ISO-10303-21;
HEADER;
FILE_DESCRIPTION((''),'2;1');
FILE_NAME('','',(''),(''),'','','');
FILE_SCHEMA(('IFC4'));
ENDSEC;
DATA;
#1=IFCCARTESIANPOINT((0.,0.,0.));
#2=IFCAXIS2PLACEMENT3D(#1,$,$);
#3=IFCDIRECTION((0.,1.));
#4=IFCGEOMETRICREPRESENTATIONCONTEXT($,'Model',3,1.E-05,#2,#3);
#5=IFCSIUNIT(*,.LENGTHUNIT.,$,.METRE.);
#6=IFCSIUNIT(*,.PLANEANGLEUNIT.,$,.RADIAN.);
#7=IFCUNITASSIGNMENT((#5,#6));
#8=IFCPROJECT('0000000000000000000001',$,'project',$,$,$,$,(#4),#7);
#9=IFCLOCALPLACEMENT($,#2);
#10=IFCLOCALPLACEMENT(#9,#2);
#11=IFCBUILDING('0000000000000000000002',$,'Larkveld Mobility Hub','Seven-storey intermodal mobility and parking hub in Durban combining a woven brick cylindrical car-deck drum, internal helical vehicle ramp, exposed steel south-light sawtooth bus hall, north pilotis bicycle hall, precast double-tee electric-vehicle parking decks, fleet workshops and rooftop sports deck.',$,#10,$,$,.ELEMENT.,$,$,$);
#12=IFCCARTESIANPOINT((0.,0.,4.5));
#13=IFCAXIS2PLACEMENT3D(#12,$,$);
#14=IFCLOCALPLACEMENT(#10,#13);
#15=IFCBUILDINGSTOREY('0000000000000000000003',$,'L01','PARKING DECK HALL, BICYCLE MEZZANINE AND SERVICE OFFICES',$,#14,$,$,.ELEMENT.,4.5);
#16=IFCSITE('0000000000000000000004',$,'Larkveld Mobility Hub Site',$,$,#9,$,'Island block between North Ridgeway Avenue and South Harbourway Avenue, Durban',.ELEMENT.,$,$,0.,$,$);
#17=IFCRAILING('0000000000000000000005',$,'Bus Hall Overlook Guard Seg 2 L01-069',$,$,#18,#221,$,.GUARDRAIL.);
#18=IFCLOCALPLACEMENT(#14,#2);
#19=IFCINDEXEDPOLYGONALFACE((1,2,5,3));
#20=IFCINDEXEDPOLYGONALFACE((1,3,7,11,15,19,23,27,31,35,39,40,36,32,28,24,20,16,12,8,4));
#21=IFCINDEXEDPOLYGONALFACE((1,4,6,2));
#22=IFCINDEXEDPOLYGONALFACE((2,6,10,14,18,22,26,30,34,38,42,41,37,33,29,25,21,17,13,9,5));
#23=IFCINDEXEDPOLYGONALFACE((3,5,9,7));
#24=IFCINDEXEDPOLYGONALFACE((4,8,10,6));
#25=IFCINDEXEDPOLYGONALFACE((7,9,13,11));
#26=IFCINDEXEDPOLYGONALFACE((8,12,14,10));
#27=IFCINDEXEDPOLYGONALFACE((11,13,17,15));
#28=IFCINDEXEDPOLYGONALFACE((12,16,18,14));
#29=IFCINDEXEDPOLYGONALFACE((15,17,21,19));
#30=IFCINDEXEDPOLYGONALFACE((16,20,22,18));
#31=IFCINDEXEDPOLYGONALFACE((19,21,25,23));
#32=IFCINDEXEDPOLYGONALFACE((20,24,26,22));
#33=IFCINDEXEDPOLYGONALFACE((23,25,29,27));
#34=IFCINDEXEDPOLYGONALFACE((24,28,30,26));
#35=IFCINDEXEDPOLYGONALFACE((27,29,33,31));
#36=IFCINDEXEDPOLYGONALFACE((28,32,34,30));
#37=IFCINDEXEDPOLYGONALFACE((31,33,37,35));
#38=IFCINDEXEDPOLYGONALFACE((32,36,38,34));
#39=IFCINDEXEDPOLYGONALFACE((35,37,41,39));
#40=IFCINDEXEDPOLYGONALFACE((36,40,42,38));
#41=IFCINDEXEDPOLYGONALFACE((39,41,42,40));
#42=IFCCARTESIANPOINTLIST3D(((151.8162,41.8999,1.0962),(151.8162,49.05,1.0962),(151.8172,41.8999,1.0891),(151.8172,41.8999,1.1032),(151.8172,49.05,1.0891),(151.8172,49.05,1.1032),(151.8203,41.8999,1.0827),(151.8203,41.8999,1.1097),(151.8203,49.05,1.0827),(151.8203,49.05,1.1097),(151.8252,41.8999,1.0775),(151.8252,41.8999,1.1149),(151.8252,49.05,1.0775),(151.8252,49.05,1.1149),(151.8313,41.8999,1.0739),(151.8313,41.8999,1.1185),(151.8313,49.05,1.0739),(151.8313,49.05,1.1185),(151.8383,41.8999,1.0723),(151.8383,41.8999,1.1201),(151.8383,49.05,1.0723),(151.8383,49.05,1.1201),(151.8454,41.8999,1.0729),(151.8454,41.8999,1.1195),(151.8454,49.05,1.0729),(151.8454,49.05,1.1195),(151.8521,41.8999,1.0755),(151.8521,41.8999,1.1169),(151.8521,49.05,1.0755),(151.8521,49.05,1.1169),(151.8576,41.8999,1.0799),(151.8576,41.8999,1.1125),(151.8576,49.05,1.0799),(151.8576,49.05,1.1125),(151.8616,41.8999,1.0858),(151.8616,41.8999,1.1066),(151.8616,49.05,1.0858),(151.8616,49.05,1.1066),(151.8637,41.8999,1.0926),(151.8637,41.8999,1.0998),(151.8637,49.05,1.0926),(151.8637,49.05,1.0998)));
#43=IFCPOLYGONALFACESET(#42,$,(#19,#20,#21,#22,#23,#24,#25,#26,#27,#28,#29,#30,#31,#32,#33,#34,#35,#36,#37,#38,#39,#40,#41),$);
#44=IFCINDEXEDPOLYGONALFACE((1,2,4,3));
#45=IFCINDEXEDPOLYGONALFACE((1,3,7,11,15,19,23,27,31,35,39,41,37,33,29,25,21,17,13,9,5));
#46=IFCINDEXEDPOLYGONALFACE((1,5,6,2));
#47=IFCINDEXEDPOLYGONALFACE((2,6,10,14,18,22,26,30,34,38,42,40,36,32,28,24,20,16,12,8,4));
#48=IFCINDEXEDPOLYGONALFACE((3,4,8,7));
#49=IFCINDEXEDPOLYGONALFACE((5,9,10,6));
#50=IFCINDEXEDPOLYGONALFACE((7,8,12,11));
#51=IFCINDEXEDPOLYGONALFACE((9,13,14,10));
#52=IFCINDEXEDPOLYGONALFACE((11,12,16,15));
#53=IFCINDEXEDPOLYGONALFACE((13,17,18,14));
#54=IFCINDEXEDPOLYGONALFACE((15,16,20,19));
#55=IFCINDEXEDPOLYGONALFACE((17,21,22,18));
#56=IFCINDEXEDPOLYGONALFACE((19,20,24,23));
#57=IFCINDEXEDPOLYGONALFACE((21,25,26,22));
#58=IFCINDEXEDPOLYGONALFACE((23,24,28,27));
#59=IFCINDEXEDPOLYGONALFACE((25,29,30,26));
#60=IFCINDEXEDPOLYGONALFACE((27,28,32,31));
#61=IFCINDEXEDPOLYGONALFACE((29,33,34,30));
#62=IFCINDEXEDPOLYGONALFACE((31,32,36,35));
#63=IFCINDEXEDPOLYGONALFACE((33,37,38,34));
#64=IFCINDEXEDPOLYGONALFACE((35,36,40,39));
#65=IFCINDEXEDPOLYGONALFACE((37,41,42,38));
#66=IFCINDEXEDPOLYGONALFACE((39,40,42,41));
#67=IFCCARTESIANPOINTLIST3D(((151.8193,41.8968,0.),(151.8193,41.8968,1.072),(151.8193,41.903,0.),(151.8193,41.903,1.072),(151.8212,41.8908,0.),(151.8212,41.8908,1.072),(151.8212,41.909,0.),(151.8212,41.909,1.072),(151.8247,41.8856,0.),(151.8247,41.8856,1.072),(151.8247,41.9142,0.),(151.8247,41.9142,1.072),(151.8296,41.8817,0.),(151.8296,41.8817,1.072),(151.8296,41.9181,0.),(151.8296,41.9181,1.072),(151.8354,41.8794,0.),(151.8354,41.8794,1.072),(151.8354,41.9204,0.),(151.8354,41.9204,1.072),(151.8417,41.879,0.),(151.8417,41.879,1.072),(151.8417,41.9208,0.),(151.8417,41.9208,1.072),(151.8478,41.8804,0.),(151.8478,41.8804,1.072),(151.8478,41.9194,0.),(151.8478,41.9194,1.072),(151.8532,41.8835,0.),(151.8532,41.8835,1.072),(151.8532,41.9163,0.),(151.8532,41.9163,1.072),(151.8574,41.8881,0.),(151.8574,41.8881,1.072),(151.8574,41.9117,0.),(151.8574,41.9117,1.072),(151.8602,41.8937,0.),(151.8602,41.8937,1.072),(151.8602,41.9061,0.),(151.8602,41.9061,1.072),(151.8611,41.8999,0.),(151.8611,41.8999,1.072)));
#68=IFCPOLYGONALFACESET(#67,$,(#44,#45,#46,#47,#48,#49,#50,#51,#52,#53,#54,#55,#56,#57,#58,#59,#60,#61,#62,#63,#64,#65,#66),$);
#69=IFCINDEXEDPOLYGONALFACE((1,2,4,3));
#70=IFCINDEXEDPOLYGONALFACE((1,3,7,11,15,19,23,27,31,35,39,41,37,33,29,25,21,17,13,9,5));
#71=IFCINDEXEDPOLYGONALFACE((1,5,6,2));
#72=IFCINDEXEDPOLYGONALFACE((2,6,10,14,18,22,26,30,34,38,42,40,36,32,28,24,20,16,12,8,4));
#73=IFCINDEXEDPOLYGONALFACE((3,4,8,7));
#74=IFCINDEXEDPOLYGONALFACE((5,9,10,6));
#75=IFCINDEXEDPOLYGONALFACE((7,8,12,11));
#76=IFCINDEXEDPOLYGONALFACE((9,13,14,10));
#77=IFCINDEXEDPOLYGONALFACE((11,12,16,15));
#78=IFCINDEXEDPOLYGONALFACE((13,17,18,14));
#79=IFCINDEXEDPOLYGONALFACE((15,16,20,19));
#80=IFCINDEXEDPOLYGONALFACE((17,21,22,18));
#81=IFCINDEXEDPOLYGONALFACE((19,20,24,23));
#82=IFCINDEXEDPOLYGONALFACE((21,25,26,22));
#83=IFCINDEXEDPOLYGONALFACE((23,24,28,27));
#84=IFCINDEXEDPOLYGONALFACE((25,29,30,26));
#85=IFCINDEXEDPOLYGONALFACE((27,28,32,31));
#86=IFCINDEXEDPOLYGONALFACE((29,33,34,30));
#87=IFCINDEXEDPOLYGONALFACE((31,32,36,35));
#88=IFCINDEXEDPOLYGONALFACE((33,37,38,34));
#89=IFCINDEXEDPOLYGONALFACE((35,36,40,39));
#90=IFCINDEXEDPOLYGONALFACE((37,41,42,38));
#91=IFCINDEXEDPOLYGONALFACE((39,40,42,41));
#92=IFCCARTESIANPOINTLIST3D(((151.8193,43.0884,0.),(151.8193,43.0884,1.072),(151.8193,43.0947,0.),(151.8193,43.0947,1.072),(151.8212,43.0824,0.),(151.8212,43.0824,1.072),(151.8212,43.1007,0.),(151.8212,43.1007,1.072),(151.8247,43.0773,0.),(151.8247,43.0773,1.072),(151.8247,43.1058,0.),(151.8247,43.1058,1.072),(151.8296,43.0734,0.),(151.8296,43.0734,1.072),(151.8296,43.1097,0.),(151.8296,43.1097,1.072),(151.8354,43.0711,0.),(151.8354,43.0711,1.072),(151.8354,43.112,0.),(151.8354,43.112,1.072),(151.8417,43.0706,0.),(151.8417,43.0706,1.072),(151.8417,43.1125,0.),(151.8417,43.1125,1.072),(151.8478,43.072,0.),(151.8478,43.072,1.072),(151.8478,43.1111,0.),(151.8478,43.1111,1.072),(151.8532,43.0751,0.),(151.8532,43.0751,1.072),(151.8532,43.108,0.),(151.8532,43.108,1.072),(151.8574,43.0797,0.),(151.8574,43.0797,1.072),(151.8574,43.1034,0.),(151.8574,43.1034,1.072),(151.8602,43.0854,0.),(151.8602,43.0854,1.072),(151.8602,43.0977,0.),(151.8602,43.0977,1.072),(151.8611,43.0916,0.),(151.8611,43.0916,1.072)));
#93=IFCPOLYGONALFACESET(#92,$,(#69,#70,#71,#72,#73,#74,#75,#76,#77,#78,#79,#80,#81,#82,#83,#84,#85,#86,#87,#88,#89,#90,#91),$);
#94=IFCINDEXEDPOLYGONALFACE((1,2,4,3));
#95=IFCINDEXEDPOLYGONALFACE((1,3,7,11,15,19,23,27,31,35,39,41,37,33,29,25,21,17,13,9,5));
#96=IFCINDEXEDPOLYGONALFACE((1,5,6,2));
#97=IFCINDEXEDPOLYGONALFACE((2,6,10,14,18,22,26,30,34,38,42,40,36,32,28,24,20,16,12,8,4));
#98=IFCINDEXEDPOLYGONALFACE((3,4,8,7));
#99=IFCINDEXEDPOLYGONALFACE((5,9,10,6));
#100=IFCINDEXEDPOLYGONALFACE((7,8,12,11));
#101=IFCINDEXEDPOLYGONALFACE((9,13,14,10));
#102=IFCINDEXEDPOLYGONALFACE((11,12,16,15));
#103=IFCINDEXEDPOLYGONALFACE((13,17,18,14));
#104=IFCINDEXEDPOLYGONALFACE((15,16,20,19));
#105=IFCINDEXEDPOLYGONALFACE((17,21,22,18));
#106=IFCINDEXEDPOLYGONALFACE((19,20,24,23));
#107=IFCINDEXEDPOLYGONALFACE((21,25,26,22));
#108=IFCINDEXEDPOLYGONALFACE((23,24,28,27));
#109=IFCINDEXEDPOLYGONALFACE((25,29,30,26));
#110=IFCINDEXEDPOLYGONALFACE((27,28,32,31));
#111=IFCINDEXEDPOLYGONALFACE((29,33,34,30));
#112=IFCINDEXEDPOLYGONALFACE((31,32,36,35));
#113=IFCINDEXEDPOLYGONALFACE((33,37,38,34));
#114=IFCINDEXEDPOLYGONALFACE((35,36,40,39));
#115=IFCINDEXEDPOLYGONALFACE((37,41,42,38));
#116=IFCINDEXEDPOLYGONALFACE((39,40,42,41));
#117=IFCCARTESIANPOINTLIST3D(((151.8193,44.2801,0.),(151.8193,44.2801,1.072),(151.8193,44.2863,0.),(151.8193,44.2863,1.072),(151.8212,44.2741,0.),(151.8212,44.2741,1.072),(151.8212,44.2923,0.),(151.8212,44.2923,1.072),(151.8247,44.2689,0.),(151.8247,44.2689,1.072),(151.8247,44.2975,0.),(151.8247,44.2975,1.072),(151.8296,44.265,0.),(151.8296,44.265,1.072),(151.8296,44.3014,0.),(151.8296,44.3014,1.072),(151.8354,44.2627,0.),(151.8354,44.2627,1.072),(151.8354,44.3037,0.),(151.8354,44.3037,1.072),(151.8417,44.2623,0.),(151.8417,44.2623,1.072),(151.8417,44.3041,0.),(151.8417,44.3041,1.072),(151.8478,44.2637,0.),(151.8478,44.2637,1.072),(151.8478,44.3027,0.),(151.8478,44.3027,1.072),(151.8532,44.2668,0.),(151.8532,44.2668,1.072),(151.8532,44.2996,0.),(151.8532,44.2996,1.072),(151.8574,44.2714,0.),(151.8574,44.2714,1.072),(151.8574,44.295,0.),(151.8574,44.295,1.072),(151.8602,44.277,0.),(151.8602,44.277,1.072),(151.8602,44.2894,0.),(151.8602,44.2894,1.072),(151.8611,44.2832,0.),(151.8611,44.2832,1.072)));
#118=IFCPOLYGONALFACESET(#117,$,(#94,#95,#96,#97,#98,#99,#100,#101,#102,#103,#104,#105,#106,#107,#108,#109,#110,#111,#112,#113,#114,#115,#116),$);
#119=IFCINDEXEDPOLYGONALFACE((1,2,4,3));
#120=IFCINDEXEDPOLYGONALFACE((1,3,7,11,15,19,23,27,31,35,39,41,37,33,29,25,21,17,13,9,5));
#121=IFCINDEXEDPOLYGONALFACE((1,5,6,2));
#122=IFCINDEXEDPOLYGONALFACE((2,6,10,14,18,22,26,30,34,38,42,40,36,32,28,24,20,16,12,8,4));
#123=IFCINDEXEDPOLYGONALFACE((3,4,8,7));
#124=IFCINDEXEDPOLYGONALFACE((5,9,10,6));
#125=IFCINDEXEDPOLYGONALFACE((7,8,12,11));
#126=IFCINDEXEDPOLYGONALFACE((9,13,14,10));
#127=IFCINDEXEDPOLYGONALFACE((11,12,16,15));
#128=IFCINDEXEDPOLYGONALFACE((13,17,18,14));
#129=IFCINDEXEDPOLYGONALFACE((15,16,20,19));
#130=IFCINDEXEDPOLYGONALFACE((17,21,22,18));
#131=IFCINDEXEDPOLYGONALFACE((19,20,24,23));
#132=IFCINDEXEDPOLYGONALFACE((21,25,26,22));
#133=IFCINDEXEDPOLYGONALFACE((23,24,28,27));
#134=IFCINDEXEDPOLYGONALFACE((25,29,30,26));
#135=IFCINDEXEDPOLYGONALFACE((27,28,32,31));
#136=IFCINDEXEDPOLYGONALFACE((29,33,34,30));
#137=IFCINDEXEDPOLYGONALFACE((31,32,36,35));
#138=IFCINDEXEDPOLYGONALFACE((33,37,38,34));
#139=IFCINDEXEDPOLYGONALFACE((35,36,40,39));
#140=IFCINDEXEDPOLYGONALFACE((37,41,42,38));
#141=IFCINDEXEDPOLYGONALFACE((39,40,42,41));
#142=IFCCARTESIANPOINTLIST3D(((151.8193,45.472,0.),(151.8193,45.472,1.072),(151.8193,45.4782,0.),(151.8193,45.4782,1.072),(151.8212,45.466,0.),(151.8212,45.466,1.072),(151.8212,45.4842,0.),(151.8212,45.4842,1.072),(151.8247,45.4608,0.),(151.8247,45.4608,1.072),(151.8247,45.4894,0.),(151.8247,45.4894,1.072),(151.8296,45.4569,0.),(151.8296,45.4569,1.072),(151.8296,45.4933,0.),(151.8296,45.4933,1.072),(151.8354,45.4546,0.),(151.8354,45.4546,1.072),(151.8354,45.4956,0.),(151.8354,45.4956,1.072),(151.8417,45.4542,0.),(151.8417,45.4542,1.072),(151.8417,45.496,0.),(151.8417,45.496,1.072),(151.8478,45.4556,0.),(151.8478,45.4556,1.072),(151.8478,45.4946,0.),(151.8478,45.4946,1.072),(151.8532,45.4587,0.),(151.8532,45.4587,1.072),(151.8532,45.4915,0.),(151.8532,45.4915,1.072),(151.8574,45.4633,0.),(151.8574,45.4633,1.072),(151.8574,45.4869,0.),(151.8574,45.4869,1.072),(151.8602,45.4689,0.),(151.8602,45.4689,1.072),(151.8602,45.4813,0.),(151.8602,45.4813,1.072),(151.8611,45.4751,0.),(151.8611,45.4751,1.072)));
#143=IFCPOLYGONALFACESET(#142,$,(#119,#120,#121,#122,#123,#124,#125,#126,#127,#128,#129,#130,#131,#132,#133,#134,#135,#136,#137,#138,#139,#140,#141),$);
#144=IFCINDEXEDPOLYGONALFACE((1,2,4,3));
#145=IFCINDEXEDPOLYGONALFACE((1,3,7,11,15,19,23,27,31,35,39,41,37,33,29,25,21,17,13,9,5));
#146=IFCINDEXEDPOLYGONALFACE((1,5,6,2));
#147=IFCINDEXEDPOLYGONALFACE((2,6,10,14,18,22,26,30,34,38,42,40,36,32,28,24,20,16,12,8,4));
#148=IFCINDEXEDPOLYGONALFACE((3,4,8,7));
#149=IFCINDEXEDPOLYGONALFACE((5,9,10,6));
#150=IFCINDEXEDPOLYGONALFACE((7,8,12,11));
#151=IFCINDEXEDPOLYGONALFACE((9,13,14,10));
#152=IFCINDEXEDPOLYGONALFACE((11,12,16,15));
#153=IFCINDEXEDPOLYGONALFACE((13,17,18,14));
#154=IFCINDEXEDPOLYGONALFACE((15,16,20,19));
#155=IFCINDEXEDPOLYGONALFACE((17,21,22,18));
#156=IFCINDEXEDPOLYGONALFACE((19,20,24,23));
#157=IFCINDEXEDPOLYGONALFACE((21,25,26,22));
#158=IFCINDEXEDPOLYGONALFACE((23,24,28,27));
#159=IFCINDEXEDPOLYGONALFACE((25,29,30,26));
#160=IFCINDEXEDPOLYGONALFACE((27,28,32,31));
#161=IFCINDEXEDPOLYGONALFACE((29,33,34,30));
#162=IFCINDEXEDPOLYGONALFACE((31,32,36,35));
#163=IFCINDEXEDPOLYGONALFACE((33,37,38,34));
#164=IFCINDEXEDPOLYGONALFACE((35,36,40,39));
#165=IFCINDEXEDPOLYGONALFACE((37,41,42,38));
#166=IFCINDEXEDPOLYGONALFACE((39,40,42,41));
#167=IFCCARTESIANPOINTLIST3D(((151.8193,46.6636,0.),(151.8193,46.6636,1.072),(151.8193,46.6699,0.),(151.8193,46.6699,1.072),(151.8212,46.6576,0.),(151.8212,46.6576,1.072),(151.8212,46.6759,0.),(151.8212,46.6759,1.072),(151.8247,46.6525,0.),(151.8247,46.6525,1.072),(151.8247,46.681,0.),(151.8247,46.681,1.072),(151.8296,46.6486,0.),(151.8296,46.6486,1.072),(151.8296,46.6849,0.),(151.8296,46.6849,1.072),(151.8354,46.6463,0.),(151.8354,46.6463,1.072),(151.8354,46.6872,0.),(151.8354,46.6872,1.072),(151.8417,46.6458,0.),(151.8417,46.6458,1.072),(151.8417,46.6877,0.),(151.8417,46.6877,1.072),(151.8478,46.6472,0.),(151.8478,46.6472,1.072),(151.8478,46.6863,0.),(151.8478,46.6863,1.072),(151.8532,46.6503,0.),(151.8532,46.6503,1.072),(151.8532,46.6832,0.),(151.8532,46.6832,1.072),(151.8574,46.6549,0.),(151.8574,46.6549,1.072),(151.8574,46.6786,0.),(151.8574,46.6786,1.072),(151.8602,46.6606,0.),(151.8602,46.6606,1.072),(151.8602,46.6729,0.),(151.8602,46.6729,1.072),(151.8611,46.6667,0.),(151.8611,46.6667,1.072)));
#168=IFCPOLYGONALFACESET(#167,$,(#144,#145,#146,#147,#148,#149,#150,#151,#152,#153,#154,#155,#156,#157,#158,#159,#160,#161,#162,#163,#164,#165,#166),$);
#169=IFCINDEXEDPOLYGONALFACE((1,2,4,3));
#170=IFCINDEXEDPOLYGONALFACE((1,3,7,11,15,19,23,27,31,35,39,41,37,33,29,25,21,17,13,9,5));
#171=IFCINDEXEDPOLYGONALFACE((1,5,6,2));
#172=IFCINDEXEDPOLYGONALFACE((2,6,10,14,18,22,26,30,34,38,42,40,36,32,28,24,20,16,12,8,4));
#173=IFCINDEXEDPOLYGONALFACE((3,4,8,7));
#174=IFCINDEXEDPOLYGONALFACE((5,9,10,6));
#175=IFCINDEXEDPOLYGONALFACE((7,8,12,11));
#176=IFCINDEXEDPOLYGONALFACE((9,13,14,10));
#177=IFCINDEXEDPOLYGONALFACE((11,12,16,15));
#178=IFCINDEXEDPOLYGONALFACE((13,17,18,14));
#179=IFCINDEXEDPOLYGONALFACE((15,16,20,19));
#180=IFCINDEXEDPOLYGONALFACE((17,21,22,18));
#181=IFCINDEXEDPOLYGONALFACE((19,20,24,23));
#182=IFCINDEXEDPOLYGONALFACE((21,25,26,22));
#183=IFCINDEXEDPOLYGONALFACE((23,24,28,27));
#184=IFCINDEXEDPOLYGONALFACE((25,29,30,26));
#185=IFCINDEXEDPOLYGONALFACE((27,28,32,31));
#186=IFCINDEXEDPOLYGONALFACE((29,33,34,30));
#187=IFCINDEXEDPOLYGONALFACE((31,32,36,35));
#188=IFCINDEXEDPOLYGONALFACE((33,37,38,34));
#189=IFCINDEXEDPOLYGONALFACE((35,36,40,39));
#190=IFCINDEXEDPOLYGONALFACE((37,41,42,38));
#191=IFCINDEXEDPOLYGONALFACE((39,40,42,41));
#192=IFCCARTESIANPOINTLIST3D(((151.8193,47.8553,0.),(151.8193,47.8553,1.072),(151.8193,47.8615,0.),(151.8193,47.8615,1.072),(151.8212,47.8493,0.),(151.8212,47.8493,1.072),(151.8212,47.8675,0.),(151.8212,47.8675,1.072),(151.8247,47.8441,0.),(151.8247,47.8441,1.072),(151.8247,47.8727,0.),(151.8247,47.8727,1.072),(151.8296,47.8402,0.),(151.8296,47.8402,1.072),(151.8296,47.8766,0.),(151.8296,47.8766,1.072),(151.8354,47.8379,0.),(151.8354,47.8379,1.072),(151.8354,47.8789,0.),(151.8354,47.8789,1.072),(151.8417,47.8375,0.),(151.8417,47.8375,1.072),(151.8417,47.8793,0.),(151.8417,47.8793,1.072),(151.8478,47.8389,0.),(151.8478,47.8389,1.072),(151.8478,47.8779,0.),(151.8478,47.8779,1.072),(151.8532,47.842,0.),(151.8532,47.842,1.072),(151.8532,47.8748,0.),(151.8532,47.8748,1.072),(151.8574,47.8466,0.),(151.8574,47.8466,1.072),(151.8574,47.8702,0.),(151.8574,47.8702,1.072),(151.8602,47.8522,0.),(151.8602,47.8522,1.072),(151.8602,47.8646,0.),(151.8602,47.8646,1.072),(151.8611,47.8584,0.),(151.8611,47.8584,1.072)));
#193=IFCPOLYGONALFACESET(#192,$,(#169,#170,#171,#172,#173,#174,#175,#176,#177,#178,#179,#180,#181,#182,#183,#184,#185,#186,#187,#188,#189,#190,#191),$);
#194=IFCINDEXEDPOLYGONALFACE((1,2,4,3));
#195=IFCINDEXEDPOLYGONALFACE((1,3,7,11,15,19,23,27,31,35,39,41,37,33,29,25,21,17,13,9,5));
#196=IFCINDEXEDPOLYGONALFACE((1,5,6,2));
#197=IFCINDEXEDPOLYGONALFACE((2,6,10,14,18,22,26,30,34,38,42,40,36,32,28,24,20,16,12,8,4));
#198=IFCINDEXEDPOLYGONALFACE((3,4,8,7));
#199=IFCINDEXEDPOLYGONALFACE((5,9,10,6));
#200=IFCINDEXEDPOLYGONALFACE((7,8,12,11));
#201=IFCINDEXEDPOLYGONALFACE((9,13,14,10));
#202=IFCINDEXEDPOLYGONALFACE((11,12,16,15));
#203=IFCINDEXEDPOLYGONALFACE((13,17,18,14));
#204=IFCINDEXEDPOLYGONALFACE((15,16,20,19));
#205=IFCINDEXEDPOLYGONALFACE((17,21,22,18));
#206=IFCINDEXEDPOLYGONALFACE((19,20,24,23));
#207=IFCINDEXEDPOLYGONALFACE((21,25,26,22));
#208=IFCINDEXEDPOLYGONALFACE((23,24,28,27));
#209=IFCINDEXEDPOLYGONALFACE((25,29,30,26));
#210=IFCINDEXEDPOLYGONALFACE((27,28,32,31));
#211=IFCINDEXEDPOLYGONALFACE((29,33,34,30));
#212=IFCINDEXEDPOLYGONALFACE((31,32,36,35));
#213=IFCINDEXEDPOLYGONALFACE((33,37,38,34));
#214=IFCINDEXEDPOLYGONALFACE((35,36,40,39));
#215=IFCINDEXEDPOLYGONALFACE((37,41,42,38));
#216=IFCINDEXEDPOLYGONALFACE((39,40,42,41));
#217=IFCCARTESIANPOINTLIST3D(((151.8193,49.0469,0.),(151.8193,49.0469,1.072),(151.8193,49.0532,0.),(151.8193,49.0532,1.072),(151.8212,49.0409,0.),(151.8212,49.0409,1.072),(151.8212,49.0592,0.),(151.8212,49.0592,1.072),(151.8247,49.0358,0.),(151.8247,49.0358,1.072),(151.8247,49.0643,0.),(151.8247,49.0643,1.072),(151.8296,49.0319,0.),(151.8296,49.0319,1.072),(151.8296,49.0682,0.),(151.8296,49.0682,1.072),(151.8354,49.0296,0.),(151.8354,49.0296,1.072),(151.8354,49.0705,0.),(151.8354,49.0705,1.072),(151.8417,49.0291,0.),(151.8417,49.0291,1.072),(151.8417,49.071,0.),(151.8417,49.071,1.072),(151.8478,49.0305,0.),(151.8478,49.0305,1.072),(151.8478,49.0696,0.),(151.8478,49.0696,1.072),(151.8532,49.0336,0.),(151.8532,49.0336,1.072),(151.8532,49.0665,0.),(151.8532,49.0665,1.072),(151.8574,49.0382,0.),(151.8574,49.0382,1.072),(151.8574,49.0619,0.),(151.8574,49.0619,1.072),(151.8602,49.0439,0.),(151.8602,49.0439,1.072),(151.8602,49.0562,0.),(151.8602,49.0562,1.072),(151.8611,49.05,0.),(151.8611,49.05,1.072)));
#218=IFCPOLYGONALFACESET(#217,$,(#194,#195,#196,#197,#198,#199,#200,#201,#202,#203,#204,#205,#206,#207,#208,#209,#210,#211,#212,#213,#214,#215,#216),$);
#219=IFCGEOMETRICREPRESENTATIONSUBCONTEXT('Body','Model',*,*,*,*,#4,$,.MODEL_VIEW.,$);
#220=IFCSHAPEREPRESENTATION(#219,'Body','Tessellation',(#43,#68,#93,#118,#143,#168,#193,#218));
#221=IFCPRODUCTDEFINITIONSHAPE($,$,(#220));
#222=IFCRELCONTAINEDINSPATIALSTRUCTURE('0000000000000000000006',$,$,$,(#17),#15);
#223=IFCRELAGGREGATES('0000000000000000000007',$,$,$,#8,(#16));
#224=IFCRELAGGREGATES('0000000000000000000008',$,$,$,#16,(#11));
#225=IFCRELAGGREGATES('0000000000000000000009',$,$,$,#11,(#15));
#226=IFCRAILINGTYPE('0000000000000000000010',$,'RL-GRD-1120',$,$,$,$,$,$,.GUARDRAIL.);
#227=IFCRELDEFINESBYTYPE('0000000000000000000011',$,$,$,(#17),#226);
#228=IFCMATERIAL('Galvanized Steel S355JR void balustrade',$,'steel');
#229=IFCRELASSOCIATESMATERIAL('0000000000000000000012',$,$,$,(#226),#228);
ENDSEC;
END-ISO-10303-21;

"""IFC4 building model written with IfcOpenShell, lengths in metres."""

from ifc_helpers import new_model, si_unit, direction, frame, origin, origin_2d, place, context, subcontext, project, spatial, circle, extrude, material, type_object, element, save


model = new_model("IFC4")

# Units and contexts
model_context = context("Model", 3, precision=1e-05, world=origin(), true_north=direction((0.0, 1.0)))
body_context = subcontext(model_context, "Body", "Model", "MODEL_VIEW")
ifc_project = project(units=[si_unit("LENGTHUNIT", "METRE"), si_unit("PLANEANGLEUNIT", "RADIAN")], contexts=[model_context])

# Site, building, storey
site_placement = place(None, origin())
site = spatial("IfcSite", under=ifc_project, at=site_placement, Name="Larkveld Mobility Hub Site", LongName="Island block between North Ridgeway Avenue and South Harbourway Avenue, Durban", CompositionType="ELEMENT", RefElevation=0.0)
building_placement = place(site_placement, origin())
building = spatial("IfcBuilding", under=site, at=building_placement, Name="Larkveld Mobility Hub", Description="Seven-storey intermodal mobility and parking hub in Durban combining a woven brick cylindrical car-deck drum, internal helical vehicle ramp, exposed steel south-light sawtooth bus hall, north pilotis bicycle hall, precast double-tee electric-vehicle parking decks, fleet workshops and rooftop sports deck.", CompositionType="ELEMENT")
storey_placement = place(building_placement, frame((0.0, 0.0, 4.5)))
storey = spatial("IfcBuildingStorey", under=building, at=storey_placement, Name="L01", Description="PARKING DECK HALL, BICYCLE MEZZANINE AND SERVICE OFFICES", CompositionType="ELEMENT", Elevation=4.5)

# Railing
ifc_material_1 = material(Name="Galvanized Steel S355JR void balustrade", Category="steel")
railing_type = type_object("IfcRailingType", Name="RL-GRD-1120", PredefinedType="GUARDRAIL", material=ifc_material_1)
railing_placement = place(storey_placement, frame((151.8401, 41.8999, 0.0)))
element("IfcRailing", 1, at=railing_placement, inside=storey, type_object=railing_type, Name="Bus Hall Overlook Guard Seg 2 L01-069", PredefinedType="GUARDRAIL", context=body_context, shape_type="SweptSolid", body=[
    extrude(circle(Radius=0.0239, at=origin_2d()), frame((0.0, 0.0, 1.0962), z_axis=(0.0, 1.0, 0.0), x_axis=(-1.0, 0.0, 0.0)), (0.0, 0.0, 1.0), 7.1501),
    extrude(circle(Radius=0.021, at=origin_2d()), origin(), (0.0, 0.0, 1.0), 1.072),
    extrude(circle(Radius=0.021, at=origin_2d()), frame((0.0, 1.1917, 0.0)), (0.0, 0.0, 1.0), 1.072),
    extrude(circle(Radius=0.021, at=origin_2d()), frame((0.0, 2.3833, 0.0)), (0.0, 0.0, 1.0), 1.072),
    extrude(circle(Radius=0.021, at=origin_2d()), frame((0.0, 3.5752, 0.0)), (0.0, 0.0, 1.0), 1.072),
    extrude(circle(Radius=0.021, at=origin_2d()), frame((0.0, 4.7668, 0.0)), (0.0, 0.0, 1.0), 1.072),
    extrude(circle(Radius=0.021, at=origin_2d()), frame((0.0, 5.9585, 0.0)), (0.0, 0.0, 1.0), 1.072),
    extrude(circle(Radius=0.021, at=origin_2d()), frame((0.0, 7.1501, 0.0)), (0.0, 0.0, 1.0), 1.072),
])

save(model, "model.ifc")
